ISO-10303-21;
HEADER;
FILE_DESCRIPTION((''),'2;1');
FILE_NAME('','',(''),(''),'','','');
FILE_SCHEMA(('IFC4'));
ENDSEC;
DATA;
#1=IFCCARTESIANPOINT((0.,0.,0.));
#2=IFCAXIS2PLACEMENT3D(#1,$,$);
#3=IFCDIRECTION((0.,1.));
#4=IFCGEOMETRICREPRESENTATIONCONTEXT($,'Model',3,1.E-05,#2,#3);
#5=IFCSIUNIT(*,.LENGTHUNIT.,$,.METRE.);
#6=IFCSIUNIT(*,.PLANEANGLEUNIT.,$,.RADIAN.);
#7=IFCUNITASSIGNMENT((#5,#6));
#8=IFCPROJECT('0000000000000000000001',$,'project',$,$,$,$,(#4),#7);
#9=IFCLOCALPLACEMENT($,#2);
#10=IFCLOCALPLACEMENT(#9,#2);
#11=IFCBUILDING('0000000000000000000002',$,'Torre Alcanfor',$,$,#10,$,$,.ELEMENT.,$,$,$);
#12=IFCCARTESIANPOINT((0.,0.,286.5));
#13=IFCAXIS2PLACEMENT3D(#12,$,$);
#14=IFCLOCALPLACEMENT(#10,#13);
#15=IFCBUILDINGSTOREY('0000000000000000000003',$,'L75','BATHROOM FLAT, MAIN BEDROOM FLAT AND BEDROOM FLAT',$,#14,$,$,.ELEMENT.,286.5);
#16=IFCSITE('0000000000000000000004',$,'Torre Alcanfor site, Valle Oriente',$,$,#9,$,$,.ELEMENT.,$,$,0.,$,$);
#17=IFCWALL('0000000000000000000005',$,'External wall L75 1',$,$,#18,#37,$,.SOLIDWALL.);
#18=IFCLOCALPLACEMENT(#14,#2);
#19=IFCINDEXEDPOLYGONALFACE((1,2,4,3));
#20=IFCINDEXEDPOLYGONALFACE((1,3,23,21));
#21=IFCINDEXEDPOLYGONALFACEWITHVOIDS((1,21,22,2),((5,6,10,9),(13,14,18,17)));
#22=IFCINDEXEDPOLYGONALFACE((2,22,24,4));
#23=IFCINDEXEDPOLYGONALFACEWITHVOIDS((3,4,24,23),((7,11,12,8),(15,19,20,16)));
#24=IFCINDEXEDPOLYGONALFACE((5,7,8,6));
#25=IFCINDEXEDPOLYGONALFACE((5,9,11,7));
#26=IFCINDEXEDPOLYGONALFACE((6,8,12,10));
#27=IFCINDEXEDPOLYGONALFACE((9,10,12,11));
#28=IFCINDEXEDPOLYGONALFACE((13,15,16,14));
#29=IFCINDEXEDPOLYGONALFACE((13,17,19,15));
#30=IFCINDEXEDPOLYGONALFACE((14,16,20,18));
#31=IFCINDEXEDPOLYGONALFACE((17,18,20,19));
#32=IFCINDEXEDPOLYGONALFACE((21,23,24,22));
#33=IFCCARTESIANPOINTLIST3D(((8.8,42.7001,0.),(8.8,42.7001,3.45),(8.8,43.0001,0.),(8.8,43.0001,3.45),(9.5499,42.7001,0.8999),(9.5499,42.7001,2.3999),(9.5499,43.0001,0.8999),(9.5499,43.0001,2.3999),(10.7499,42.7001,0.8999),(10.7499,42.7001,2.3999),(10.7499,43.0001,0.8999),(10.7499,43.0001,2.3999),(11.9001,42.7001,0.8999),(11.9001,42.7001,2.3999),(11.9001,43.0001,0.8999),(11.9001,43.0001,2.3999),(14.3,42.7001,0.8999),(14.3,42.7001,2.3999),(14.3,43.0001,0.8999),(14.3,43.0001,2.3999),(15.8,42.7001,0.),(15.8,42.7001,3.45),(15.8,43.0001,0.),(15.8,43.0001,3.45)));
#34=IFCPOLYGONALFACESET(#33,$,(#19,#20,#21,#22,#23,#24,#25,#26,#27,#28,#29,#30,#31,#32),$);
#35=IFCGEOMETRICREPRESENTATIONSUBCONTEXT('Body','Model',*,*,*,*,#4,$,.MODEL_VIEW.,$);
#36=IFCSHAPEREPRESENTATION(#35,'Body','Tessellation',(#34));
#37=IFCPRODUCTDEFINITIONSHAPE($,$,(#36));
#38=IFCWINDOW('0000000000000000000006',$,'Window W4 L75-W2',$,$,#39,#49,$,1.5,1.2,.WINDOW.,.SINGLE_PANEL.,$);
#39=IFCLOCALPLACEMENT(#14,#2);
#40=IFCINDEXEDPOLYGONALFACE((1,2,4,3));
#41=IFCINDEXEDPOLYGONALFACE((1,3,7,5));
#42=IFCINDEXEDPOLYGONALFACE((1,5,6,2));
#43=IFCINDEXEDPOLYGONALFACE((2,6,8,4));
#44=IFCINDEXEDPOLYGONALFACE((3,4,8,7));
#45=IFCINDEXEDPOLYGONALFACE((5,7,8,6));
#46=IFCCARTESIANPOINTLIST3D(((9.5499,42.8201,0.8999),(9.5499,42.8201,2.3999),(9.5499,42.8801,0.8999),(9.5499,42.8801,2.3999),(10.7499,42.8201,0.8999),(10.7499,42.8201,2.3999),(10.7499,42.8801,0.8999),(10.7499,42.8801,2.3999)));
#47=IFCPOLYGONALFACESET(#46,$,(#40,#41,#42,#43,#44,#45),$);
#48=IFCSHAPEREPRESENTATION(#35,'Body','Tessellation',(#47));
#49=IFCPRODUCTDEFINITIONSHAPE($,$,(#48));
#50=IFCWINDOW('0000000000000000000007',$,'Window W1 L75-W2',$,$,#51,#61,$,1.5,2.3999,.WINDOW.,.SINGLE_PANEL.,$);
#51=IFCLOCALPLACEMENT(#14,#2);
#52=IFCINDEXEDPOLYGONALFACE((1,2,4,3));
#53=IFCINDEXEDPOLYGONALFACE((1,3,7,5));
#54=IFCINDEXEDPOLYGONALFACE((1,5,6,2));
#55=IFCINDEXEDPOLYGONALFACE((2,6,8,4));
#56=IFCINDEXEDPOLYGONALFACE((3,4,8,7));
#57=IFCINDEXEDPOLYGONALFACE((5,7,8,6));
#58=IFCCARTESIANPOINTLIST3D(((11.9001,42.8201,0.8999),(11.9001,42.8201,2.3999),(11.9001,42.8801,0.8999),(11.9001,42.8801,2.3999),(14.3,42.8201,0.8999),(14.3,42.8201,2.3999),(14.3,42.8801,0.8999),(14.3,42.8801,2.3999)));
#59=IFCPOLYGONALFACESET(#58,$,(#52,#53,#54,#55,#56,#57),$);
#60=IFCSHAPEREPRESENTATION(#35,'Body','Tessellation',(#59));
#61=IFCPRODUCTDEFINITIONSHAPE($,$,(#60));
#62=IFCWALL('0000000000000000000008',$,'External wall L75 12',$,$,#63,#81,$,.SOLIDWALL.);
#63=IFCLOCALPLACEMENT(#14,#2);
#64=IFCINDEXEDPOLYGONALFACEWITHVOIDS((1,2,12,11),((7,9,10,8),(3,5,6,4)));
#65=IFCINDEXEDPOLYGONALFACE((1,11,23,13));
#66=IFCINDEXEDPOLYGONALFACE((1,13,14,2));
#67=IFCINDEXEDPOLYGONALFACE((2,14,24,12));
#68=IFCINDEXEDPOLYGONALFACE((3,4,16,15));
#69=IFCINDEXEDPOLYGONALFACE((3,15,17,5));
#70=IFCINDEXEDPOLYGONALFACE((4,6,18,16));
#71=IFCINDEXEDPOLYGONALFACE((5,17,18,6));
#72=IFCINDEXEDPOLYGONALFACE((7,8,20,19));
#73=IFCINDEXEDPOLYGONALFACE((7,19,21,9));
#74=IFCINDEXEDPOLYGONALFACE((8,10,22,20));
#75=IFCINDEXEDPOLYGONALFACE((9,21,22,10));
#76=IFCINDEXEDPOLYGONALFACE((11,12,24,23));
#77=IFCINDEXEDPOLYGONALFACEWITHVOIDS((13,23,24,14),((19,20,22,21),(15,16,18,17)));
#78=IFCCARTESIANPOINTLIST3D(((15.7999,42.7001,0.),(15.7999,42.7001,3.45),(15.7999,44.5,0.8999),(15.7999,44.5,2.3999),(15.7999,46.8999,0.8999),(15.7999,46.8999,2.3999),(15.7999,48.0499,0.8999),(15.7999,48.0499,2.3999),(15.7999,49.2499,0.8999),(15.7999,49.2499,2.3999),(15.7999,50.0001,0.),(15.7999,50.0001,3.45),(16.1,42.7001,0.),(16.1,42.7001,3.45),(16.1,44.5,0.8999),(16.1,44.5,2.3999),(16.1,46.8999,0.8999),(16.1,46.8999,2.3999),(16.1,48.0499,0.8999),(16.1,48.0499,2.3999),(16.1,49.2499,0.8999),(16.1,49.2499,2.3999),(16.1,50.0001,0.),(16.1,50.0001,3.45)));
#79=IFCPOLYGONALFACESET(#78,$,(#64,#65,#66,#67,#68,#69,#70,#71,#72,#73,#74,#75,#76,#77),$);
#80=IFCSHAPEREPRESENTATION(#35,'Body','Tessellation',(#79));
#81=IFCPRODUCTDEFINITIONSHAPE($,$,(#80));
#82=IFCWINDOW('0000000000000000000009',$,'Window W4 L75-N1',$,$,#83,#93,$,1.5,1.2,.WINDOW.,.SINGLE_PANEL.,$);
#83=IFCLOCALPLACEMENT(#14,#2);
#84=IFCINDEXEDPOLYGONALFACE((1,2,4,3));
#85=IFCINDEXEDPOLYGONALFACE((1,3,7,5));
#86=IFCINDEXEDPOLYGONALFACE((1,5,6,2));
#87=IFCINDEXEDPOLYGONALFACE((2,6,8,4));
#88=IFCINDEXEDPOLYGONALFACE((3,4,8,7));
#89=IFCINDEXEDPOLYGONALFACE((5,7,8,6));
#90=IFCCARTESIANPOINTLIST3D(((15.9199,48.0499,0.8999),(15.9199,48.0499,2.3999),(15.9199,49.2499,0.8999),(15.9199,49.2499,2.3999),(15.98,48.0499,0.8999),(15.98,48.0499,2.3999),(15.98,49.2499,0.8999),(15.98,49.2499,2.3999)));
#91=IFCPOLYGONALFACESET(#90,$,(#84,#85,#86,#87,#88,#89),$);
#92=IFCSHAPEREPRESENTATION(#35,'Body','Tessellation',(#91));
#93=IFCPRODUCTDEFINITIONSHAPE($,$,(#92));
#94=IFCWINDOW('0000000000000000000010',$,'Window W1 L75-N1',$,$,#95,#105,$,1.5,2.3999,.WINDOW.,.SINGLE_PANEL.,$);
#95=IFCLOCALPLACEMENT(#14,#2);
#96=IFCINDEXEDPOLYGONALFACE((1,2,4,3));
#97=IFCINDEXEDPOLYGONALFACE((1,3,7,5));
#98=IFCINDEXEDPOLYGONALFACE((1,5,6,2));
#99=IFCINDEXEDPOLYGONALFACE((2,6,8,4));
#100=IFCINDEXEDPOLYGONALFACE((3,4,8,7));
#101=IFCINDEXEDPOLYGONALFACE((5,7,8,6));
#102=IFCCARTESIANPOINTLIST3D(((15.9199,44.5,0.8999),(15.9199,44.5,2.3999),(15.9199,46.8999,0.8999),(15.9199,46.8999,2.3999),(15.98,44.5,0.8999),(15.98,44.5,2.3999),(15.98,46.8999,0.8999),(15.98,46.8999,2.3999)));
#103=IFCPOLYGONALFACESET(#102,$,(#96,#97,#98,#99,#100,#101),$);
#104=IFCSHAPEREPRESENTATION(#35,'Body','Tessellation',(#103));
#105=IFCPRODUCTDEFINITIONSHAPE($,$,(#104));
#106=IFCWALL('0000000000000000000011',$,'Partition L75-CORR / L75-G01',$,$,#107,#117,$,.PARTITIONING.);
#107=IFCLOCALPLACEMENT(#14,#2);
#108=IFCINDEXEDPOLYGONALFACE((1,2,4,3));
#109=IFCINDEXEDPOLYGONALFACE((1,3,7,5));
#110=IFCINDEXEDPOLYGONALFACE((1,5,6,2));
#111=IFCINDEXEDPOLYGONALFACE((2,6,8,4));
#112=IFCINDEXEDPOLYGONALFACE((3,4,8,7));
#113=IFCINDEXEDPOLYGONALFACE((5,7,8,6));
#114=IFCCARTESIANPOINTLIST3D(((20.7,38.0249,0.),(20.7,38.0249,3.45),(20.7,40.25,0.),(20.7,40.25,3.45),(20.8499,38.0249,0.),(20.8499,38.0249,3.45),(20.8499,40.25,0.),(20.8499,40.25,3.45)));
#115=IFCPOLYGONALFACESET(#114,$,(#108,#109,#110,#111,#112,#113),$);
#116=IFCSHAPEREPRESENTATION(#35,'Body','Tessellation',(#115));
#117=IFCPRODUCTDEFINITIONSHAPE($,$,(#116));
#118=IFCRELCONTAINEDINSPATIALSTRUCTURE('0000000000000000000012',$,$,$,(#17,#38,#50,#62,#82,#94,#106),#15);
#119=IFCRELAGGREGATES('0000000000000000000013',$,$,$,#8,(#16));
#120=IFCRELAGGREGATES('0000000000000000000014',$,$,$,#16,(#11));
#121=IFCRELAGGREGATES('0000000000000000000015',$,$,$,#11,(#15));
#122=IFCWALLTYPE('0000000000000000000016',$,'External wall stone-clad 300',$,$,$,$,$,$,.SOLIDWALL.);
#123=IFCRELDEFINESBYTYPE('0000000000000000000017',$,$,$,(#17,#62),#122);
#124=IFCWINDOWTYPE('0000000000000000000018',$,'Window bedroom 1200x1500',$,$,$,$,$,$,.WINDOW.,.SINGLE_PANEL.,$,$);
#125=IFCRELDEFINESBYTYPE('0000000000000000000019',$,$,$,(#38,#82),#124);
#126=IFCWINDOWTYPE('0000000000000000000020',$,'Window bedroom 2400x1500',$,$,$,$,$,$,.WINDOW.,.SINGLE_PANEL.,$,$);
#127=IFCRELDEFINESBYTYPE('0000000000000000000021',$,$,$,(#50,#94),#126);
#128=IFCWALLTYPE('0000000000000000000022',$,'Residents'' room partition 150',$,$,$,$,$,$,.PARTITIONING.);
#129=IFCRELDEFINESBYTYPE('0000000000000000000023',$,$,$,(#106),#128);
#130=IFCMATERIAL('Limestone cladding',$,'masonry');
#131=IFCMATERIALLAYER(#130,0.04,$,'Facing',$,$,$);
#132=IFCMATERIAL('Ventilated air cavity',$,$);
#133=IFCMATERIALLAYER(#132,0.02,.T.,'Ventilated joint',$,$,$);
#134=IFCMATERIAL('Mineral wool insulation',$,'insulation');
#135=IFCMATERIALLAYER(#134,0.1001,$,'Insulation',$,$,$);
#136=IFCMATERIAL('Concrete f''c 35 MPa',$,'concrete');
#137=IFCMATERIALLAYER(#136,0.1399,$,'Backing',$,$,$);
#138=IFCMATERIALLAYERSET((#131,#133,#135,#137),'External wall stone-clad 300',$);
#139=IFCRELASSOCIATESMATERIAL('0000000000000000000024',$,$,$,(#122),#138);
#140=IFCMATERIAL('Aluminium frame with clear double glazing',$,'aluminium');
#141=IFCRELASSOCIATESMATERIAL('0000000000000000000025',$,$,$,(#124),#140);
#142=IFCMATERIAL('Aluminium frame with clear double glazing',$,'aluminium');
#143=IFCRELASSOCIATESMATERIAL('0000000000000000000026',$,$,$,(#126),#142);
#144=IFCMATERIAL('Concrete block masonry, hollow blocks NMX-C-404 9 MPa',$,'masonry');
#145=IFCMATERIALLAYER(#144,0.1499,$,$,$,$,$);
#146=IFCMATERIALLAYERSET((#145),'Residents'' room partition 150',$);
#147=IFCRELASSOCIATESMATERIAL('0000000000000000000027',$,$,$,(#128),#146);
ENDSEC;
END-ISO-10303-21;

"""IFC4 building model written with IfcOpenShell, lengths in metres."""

from ifc_helpers import new_model, si_unit, direction, frame, frame_2d, origin, place, context, subcontext, project, spatial, rectangle, extrude, material, layer, layer_set, type_object, element, fill, save


model = new_model("IFC4")

# Units and contexts
model_context = context("Model", 3, precision=1e-05, world=origin(), true_north=direction((0.0, 1.0)))
body_context = subcontext(model_context, "Body", "Model", "MODEL_VIEW")
ifc_project = project(units=[si_unit("LENGTHUNIT", "METRE"), si_unit("PLANEANGLEUNIT", "RADIAN")], contexts=[model_context])

# Site, building, storey
site_placement = place(None, origin())
site = spatial("IfcSite", under=ifc_project, at=site_placement, Name="Torre Alcanfor site, Valle Oriente", CompositionType="ELEMENT", RefElevation=0.0)
building_placement = place(site_placement, origin())
building = spatial("IfcBuilding", under=site, at=building_placement, Name="Torre Alcanfor", CompositionType="ELEMENT")
storey_placement = place(building_placement, frame((0.0, 0.0, 286.5)))
storey = spatial("IfcBuildingStorey", under=building, at=storey_placement, Name="L75", Description="BATHROOM FLAT, MAIN BEDROOM FLAT AND BEDROOM FLAT", CompositionType="ELEMENT", Elevation=286.5)

# Walls, openings, windows
ifc_material_1 = material(Name="Limestone cladding", Category="masonry")
ifc_layer_1 = layer(ifc_material_1, 0.04, Name="Facing")
ifc_material_2 = material(Name="Ventilated air cavity")
ifc_layer_2 = layer(ifc_material_2, 0.02, ventilated=True, Name="Ventilated joint")
ifc_material_3 = material(Name="Mineral wool insulation", Category="insulation")
ifc_layer_3 = layer(ifc_material_3, 0.1001, Name="Insulation")
ifc_material_4 = material(Name="Concrete f'c 35 MPa", Category="concrete")
ifc_layer_4 = layer(ifc_material_4, 0.1399, Name="Backing")
ifc_layer_set_1 = layer_set([ifc_layer_1, ifc_layer_2, ifc_layer_3, ifc_layer_4], Name="External wall stone-clad 300")
wall_type_1 = type_object("IfcWallType", Name="External wall stone-clad 300", PredefinedType="SOLIDWALL", material=ifc_layer_set_1)
wall_1_placement = place(storey_placement, frame((15.8, 42.8501, 0.0), z_axis=(0.0, 0.0, 1.0), x_axis=(-1.0, 0.0, 0.0)))
wall_1 = element("IfcWall", 1, at=wall_1_placement, inside=storey, type_object=wall_type_1, Name="External wall L75 1", PredefinedType="SOLIDWALL", context=body_context, shape_type="SweptSolid", body=[
    extrude(rectangle(XDim=7.0, YDim=0.3, at=frame_2d((3.5, 0.0))), origin(), (0.0, 0.0, 1.0), 3.45),
])
opening_1_placement = place(wall_1_placement, frame((1.5, 0.0, 0.8999)))
opening_1 = element("IfcOpeningElement", 2, at=opening_1_placement, cuts=wall_1, PredefinedType="OPENING", context=body_context, shape_type="SweptSolid", body=[
    extrude(rectangle(XDim=2.3999, YDim=1.5, at=frame_2d((1.2, 0.75))), frame((0.0, 0.1599, 0.0), z_axis=(0.0, -1.0, 0.0), x_axis=(1.0, 0.0, 0.0)), (0.0, 0.0, 1.0), 0.3201),
])
opening_2_placement = place(wall_1_placement, frame((5.05, 0.0, 0.8999)))
opening_2 = element("IfcOpeningElement", 3, at=opening_2_placement, cuts=wall_1, PredefinedType="OPENING", context=body_context, shape_type="SweptSolid", body=[
    extrude(rectangle(XDim=1.2, YDim=1.5, at=frame_2d((0.6001, 0.75))), frame((0.0, 0.1599, 0.0), z_axis=(0.0, -1.0, 0.0), x_axis=(1.0, 0.0, 0.0)), (0.0, 0.0, 1.0), 0.3201),
])
ifc_material_5 = material(Name="Aluminium frame with clear double glazing", Category="aluminium")
window_type_1 = type_object("IfcWindowType", Name="Window bedroom 1200x1500", PartitioningType="SINGLE_PANEL", PredefinedType="WINDOW", material=ifc_material_5)
window_1_placement = place(opening_2_placement, origin())
window_1 = element("IfcWindow", 4, at=window_1_placement, inside=storey, type_object=window_type_1, Name="Window W4 L75-W2", OverallHeight=1.5, OverallWidth=1.2, PartitioningType="SINGLE_PANEL", PredefinedType="WINDOW", context=body_context, shape_type="SweptSolid", body=[
    extrude(rectangle(XDim=1.2, YDim=1.5, at=frame_2d((0.6001, 0.75))), frame((0.0, 0.03, 0.0), z_axis=(0.0, -1.0, 0.0), x_axis=(1.0, 0.0, 0.0)), (0.0, 0.0, 1.0), 0.0601),
])
fill(opening_2, window_1)
ifc_material_6 = material(Name="Aluminium frame with clear double glazing", Category="aluminium")
window_type_2 = type_object("IfcWindowType", Name="Window bedroom 2400x1500", PartitioningType="SINGLE_PANEL", PredefinedType="WINDOW", material=ifc_material_6)
window_2_placement = place(opening_1_placement, origin())
window_2 = element("IfcWindow", 5, at=window_2_placement, inside=storey, type_object=window_type_2, Name="Window W1 L75-W2", OverallHeight=1.5, OverallWidth=2.3999, PartitioningType="SINGLE_PANEL", PredefinedType="WINDOW", context=body_context, shape_type="SweptSolid", body=[
    extrude(rectangle(XDim=2.3999, YDim=1.5, at=frame_2d((1.2, 0.75))), frame((0.0, 0.03, 0.0), z_axis=(0.0, -1.0, 0.0), x_axis=(1.0, 0.0, 0.0)), (0.0, 0.0, 1.0), 0.0601),
])
fill(opening_1, window_2)
wall_2_placement = place(storey_placement, frame((15.95, 50.0, 0.0), z_axis=(0.0, 0.0, 1.0), x_axis=(0.0, -1.0, 0.0)))
wall_2 = element("IfcWall", 6, at=wall_2_placement, inside=storey, type_object=wall_type_1, Name="External wall L75 12", PredefinedType="SOLIDWALL", context=body_context, shape_type="SweptSolid", body=[
    extrude(rectangle(XDim=7.3, YDim=0.3, at=frame_2d((3.6499, 0.0))), origin(), (0.0, 0.0, 1.0), 3.45),
])
opening_3_placement = place(wall_2_placement, frame((3.1001, 0.0, 0.8999)))
opening_3 = element("IfcOpeningElement", 7, at=opening_3_placement, cuts=wall_2, PredefinedType="OPENING", context=body_context, shape_type="SweptSolid", body=[
    extrude(rectangle(XDim=2.3999, YDim=1.5, at=frame_2d((1.2, 0.75))), frame((0.0, 0.1599, 0.0), z_axis=(0.0, -1.0, 0.0), x_axis=(1.0, 0.0, 0.0)), (0.0, 0.0, 1.0), 0.3201),
])
opening_4_placement = place(wall_2_placement, frame((0.75, 0.0, 0.8999)))
opening_4 = element("IfcOpeningElement", 8, at=opening_4_placement, cuts=wall_2, PredefinedType="OPENING", context=body_context, shape_type="SweptSolid", body=[
    extrude(rectangle(XDim=1.2, YDim=1.5, at=frame_2d((0.6001, 0.75))), frame((0.0, 0.1599, 0.0), z_axis=(0.0, -1.0, 0.0), x_axis=(1.0, 0.0, 0.0)), (0.0, 0.0, 1.0), 0.3201),
])
window_3_placement = place(opening_4_placement, origin())
window_3 = element("IfcWindow", 9, at=window_3_placement, inside=storey, type_object=window_type_1, Name="Window W4 L75-N1", OverallHeight=1.5, OverallWidth=1.2, PartitioningType="SINGLE_PANEL", PredefinedType="WINDOW", context=body_context, shape_type="SweptSolid", body=[
    extrude(rectangle(XDim=1.2, YDim=1.5, at=frame_2d((0.6001, 0.75))), frame((0.0, 0.03, 0.0), z_axis=(0.0, -1.0, 0.0), x_axis=(1.0, 0.0, 0.0)), (0.0, 0.0, 1.0), 0.0601),
])
fill(opening_4, window_3)
window_4_placement = place(opening_3_placement, origin())
window_4 = element("IfcWindow", 10, at=window_4_placement, inside=storey, type_object=window_type_2, Name="Window W1 L75-N1", OverallHeight=1.5, OverallWidth=2.3999, PartitioningType="SINGLE_PANEL", PredefinedType="WINDOW", context=body_context, shape_type="SweptSolid", body=[
    extrude(rectangle(XDim=2.3999, YDim=1.5, at=frame_2d((1.2, 0.75))), frame((0.0, 0.03, 0.0), z_axis=(0.0, -1.0, 0.0), x_axis=(1.0, 0.0, 0.0)), (0.0, 0.0, 1.0), 0.0601),
])
fill(opening_3, window_4)

# Wall
ifc_material_7 = material(Name="Concrete block masonry, hollow blocks NMX-C-404 9 MPa", Category="masonry")
ifc_layer_5 = layer(ifc_material_7, 0.1499)
ifc_layer_set_2 = layer_set([ifc_layer_5], Name="Residents' room partition 150")
wall_type_2 = type_object("IfcWallType", Name="Residents' room partition 150", PredefinedType="PARTITIONING", material=ifc_layer_set_2)
wall_3_placement = place(storey_placement, frame((20.7749, 40.25, 0.0), z_axis=(0.0, 0.0, 1.0), x_axis=(0.0, -1.0, 0.0)))
element("IfcWall", 11, at=wall_3_placement, inside=storey, type_object=wall_type_2, Name="Partition L75-CORR / L75-G01", PredefinedType="PARTITIONING", context=body_context, shape_type="SweptSolid", body=[
    extrude(rectangle(XDim=2.2251, YDim=0.1499, at=frame_2d((1.1125, 0.0))), origin(), (0.0, 0.0, 1.0), 3.45),
])

save(model, "model.ifc")
